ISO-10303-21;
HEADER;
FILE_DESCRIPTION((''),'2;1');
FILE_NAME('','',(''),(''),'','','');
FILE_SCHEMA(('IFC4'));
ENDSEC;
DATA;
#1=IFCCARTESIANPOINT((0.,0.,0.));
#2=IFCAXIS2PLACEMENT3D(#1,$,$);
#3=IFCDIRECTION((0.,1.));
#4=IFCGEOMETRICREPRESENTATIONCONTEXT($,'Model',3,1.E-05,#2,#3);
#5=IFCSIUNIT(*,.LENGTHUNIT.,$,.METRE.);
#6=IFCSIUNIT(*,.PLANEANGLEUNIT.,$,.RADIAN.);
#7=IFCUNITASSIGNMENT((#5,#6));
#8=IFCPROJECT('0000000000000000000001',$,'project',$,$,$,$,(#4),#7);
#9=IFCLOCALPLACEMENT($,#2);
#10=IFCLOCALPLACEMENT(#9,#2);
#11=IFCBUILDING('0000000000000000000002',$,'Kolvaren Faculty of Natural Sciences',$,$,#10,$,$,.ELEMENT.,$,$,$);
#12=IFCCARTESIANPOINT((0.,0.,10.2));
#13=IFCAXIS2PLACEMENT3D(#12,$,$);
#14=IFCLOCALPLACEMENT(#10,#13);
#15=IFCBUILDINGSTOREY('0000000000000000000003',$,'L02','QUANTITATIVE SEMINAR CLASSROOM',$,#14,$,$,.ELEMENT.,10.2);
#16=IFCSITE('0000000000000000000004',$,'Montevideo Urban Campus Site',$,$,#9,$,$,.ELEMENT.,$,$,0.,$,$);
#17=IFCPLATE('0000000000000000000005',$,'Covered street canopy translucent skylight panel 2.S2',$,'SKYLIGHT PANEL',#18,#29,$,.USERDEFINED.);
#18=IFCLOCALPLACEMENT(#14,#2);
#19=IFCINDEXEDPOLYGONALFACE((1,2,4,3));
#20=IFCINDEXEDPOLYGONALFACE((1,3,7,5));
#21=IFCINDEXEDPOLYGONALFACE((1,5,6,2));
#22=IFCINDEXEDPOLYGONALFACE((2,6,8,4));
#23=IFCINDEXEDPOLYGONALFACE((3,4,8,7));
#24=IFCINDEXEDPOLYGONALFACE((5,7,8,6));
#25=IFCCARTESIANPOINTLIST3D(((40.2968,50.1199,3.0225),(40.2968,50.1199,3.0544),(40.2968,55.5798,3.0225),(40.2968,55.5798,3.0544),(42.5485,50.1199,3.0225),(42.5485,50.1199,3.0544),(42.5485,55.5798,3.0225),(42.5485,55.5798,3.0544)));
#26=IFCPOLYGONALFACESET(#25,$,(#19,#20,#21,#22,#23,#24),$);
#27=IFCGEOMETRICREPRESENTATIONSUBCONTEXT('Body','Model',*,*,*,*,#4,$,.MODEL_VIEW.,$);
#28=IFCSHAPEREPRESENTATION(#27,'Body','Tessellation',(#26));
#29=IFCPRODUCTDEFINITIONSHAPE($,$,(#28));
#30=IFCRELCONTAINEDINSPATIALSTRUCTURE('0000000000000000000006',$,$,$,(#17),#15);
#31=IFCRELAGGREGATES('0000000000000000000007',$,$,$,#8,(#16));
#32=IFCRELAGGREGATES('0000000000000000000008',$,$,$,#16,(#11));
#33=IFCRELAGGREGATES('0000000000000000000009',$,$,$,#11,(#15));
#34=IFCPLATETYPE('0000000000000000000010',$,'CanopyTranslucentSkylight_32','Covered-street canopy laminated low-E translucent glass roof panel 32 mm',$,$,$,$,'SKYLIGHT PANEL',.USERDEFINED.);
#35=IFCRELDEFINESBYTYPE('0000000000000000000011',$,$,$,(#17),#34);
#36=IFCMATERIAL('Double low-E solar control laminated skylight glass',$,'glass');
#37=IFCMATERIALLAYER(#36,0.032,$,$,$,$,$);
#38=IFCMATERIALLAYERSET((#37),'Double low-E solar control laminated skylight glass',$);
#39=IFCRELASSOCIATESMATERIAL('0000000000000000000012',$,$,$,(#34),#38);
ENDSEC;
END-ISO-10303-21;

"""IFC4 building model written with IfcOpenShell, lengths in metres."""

from ifc_helpers import new_model, si_unit, direction, frame, origin, origin_2d, place, context, subcontext, project, spatial, rectangle, extrude, material, layer, layer_set, type_object, element, save


model = new_model("IFC4")

# Units and contexts
model_context = context("Model", 3, precision=1e-05, world=origin(), true_north=direction((0.0, 1.0)))
body_context = subcontext(model_context, "Body", "Model", "MODEL_VIEW")
ifc_project = project(units=[si_unit("LENGTHUNIT", "METRE"), si_unit("PLANEANGLEUNIT", "RADIAN")], contexts=[model_context])

# Site, building, storey
site_placement = place(None, origin())
site = spatial("IfcSite", under=ifc_project, at=site_placement, Name="Montevideo Urban Campus Site", CompositionType="ELEMENT", RefElevation=0.0)
building_placement = place(site_placement, origin())
building = spatial("IfcBuilding", under=site, at=building_placement, Name="Kolvaren Faculty of Natural Sciences", CompositionType="ELEMENT")
storey_placement = place(building_placement, frame((0.0, 0.0, 10.2)))
storey = spatial("IfcBuildingStorey", under=building, at=storey_placement, Name="L02", Description="QUANTITATIVE SEMINAR CLASSROOM", CompositionType="ELEMENT", Elevation=10.2)

# Plate
ifc_material_1 = material(Name="Double low-E solar control laminated skylight glass", Category="glass")
ifc_layer_1 = layer(ifc_material_1, 0.032)
ifc_layer_set_1 = layer_set([ifc_layer_1], Name="Double low-E solar control laminated skylight glass")
plate_type_1 = type_object("IfcPlateType", Name="CanopyTranslucentSkylight_32", Description="Covered-street canopy laminated low-E translucent glass roof panel 32 mm", ElementType="SKYLIGHT PANEL", PredefinedType="USERDEFINED", material=ifc_layer_set_1)
for number, where, z_axis, x_axis, name in (
    (1, (41.4226, 52.8499, 3.0225), (0.0, 0.0, 1.0), (1.0, 0.0, 0.0), "Covered street canopy translucent skylight panel 2.S2"),
):
    element("IfcPlate", number, at=place(storey_placement, frame(where, z_axis=z_axis, x_axis=x_axis)), inside=storey, type_object=plate_type_1, Name=name, ObjectType="SKYLIGHT PANEL", PredefinedType="USERDEFINED", context=body_context, shape_type="SweptSolid", body=[
        extrude(rectangle(XDim=2.2517, YDim=5.46, at=origin_2d()), origin(), (0.0, 0.0, 1.0), 0.032),
    ])

save(model, "model.ifc")
